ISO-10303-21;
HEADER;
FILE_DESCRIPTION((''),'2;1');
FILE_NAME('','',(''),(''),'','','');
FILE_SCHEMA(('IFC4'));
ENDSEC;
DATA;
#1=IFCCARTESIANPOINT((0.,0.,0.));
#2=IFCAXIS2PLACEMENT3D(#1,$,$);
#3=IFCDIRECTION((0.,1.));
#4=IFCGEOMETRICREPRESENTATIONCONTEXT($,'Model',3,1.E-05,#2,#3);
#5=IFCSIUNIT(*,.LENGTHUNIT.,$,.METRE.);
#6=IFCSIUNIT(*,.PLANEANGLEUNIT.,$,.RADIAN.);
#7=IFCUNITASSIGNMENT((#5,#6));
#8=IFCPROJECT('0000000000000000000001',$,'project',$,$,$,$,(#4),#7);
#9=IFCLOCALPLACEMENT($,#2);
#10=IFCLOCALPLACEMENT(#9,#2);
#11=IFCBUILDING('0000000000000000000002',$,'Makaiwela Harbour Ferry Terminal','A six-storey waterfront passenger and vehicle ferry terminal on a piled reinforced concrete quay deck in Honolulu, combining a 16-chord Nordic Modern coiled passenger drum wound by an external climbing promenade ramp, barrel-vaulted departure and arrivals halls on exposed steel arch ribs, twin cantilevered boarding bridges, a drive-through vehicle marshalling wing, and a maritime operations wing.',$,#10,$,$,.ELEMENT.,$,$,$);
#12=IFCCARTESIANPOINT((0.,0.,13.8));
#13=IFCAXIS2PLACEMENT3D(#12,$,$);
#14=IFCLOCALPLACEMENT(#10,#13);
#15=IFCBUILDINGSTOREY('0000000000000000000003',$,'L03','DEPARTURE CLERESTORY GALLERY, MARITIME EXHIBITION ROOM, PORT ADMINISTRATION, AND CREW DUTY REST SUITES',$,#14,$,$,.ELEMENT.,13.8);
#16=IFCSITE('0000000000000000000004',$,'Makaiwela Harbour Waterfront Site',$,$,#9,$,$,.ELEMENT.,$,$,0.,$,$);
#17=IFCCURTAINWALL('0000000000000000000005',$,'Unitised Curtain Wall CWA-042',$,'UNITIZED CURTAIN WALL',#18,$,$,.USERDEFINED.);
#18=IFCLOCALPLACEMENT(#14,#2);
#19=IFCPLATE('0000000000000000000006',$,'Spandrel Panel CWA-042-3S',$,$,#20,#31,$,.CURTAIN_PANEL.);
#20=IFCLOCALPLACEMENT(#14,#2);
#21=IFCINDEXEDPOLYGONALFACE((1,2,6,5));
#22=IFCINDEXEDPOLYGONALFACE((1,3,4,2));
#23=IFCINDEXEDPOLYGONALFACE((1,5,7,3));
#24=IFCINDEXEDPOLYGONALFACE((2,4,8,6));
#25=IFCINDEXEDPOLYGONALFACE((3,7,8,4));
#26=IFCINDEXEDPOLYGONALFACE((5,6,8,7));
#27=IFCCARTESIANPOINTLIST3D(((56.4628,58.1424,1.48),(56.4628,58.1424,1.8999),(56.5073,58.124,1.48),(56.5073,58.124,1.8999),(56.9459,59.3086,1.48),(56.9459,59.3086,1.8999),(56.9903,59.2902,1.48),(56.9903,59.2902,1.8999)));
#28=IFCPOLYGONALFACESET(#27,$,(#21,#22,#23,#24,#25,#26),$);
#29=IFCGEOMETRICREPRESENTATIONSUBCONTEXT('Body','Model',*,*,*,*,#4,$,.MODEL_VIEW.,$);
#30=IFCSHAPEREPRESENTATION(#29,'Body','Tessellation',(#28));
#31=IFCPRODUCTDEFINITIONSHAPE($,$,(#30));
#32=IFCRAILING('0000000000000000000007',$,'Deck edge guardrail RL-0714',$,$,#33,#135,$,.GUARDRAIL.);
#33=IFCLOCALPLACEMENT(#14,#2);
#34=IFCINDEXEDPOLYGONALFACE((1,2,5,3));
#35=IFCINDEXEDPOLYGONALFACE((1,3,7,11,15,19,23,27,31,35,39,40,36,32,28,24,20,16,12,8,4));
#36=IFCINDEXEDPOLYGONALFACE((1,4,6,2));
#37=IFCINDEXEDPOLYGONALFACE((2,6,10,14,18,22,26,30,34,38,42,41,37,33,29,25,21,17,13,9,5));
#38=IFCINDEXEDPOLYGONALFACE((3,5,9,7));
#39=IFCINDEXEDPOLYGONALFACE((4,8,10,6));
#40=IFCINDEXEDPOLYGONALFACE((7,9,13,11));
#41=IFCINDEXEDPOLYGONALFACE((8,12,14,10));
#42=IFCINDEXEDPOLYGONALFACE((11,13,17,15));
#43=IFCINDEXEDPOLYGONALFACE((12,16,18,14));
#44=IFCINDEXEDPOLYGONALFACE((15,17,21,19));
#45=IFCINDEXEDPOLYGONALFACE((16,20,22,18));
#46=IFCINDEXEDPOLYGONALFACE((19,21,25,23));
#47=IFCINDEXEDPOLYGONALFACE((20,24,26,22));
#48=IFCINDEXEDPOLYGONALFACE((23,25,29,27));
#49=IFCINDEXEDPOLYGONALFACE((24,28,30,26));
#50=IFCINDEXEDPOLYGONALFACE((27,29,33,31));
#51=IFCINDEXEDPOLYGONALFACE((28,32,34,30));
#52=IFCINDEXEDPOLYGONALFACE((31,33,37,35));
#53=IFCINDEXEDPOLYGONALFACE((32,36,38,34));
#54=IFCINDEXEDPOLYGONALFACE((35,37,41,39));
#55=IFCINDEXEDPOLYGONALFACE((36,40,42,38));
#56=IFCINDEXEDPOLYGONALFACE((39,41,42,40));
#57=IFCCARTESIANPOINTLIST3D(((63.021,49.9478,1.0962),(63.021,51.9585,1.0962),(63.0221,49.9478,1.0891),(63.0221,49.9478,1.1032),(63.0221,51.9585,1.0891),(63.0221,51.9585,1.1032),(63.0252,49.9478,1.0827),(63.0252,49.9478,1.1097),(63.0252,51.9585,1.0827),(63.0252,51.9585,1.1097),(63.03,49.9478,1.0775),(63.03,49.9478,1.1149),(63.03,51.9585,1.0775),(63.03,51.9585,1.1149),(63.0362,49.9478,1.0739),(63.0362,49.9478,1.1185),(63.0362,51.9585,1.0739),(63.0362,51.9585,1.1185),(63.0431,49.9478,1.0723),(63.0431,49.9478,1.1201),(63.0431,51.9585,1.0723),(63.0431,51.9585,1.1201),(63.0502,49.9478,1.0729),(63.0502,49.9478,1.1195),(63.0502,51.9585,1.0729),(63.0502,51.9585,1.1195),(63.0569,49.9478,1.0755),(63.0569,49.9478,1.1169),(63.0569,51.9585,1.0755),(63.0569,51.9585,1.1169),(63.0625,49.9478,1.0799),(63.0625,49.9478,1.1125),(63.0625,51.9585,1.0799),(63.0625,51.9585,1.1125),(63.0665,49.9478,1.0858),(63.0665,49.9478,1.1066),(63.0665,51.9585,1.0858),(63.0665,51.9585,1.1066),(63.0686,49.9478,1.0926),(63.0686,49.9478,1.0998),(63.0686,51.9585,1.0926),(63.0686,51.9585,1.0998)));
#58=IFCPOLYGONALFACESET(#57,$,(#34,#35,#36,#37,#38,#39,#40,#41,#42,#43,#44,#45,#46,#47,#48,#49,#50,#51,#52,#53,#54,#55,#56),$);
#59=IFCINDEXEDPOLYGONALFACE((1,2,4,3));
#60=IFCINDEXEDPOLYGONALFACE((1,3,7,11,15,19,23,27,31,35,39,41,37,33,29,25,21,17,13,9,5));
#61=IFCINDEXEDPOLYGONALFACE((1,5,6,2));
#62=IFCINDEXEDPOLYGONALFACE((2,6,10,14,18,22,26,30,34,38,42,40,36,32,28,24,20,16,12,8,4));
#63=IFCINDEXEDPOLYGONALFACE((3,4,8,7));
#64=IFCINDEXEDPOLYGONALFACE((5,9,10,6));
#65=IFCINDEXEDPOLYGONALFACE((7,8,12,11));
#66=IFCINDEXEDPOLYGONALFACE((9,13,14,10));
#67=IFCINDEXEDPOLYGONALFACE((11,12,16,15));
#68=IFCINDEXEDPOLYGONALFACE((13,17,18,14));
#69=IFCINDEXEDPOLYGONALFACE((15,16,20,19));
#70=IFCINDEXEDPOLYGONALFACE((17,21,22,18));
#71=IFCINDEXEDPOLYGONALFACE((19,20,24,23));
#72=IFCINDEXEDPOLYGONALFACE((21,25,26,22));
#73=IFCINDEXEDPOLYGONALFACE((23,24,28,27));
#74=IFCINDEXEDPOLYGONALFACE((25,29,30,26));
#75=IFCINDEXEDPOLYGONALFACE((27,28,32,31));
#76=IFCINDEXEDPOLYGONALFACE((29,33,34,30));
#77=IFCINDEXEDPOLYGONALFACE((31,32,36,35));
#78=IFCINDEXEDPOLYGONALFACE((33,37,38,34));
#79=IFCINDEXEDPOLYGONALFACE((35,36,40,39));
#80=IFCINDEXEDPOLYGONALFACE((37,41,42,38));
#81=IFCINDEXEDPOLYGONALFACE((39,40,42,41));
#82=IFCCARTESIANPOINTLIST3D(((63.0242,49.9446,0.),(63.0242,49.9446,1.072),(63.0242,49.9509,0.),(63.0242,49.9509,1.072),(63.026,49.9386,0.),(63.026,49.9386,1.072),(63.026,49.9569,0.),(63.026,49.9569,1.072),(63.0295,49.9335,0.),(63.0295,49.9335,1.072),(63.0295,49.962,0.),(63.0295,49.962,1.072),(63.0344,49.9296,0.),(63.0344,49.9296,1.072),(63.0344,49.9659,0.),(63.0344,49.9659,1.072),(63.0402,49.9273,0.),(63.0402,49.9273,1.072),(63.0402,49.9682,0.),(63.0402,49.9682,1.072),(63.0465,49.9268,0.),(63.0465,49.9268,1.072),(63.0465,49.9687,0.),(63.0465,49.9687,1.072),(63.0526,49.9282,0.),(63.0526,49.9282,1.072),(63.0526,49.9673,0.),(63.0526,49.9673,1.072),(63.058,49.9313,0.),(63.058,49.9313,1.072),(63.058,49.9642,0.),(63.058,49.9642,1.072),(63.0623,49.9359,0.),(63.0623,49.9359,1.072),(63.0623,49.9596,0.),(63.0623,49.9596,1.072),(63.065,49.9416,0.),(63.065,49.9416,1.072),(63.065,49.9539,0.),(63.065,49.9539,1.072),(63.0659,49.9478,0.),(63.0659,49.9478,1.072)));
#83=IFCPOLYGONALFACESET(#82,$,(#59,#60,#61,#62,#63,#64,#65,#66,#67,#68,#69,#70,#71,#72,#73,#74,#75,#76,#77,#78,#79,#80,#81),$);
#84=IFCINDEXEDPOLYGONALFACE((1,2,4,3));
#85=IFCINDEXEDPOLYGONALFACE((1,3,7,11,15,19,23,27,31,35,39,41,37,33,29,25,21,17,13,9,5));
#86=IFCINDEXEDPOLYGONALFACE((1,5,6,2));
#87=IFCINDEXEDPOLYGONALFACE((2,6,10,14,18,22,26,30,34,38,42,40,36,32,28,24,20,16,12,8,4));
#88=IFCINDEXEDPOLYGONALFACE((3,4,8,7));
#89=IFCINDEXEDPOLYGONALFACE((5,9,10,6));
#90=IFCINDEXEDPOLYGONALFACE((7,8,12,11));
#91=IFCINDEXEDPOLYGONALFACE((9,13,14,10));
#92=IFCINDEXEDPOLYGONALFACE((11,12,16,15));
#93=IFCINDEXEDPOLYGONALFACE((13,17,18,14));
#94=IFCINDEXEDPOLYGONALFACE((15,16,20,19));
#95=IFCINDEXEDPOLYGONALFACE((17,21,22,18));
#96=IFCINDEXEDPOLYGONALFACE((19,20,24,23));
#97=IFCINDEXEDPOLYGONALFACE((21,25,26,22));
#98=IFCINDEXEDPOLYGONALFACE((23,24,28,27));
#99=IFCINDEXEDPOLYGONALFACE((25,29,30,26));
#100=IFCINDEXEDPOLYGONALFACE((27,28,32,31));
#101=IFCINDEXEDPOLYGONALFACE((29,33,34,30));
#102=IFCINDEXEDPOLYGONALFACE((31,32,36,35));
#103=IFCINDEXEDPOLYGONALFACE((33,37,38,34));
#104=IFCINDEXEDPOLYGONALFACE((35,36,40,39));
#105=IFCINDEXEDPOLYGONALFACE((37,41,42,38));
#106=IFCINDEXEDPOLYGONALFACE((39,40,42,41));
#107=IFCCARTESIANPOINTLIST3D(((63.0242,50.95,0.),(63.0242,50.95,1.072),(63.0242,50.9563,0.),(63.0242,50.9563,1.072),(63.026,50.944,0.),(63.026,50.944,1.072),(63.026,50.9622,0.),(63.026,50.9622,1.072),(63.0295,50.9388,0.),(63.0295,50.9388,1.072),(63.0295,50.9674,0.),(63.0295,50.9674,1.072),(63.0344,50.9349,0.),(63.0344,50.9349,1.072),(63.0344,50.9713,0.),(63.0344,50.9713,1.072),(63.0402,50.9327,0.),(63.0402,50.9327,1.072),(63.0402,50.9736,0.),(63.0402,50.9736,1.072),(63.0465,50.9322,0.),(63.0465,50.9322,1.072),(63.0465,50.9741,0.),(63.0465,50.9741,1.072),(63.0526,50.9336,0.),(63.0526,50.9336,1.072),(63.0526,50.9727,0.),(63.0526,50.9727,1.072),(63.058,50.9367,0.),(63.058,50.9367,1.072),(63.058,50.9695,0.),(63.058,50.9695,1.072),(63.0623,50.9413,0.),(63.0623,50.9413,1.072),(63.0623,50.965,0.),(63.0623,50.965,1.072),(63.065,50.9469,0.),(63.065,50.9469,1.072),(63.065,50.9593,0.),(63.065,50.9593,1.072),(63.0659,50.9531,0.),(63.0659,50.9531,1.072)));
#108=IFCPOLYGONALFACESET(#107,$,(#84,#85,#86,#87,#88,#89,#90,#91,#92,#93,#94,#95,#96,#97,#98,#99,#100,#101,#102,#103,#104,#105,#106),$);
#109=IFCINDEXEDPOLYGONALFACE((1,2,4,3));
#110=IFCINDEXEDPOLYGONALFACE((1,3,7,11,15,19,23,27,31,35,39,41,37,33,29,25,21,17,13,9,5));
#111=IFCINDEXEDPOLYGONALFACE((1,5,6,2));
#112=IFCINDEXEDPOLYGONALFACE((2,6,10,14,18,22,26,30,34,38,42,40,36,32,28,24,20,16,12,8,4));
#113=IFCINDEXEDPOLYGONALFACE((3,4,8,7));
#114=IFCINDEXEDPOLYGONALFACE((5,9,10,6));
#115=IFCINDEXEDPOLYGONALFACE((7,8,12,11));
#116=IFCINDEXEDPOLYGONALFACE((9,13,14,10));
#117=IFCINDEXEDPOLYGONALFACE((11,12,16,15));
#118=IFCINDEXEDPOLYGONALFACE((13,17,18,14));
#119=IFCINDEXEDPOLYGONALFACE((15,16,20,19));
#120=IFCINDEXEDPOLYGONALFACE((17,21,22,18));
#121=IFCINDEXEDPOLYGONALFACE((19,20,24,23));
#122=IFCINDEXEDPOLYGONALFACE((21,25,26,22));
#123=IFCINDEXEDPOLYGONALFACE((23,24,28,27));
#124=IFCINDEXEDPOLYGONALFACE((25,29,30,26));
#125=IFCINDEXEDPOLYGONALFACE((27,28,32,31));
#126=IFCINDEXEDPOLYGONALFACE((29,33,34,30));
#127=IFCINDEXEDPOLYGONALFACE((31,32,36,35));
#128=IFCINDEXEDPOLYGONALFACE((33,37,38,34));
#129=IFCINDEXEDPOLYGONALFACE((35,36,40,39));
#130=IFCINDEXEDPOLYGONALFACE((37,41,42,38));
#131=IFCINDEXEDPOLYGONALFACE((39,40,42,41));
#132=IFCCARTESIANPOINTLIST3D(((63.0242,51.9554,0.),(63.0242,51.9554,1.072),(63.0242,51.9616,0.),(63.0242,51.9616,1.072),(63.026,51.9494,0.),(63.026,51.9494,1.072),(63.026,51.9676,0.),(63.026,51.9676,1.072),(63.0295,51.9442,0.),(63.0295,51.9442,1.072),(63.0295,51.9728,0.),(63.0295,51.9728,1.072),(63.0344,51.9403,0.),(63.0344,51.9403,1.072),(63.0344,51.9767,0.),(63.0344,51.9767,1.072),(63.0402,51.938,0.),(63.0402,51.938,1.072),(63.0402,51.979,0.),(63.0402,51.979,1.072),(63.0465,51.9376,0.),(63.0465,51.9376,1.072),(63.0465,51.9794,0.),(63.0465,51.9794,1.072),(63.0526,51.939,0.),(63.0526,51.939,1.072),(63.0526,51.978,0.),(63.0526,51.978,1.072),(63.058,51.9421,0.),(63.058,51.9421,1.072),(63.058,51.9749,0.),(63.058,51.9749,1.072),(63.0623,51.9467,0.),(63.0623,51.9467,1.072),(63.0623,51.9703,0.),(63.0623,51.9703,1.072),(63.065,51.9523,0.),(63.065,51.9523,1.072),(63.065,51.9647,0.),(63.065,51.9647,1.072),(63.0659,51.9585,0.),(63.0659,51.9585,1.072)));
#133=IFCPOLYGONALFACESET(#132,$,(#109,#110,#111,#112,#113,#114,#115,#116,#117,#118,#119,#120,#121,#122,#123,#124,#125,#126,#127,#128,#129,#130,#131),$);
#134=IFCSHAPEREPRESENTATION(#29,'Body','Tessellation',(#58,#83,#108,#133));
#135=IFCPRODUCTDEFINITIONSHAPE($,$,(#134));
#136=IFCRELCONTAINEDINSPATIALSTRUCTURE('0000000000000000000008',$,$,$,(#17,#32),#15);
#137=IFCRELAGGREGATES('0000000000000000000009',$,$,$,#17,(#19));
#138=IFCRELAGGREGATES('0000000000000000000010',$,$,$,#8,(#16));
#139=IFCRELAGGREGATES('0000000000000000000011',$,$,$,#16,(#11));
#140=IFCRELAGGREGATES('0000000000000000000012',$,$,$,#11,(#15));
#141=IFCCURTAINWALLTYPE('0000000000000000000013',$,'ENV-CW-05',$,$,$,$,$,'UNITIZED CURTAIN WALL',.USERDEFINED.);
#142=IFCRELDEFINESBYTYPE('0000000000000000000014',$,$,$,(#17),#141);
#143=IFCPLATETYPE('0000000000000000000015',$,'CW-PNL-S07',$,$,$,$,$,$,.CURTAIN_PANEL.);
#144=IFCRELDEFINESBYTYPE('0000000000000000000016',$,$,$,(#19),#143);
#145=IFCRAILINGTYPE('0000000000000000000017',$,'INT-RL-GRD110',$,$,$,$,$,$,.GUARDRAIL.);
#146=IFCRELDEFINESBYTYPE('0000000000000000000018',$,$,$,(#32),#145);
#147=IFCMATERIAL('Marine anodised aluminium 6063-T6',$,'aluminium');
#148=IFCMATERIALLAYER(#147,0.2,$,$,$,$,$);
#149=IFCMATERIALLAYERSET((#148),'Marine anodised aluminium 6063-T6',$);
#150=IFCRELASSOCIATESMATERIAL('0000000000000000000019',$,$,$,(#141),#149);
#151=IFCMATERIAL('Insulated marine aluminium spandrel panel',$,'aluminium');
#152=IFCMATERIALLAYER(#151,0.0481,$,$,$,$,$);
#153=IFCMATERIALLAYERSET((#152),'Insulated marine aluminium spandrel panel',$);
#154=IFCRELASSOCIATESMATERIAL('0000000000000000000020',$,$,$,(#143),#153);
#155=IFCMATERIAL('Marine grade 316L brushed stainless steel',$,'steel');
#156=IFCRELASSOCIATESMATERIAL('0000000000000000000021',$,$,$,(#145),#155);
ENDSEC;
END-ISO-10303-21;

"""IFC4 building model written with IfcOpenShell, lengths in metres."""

from ifc_helpers import new_model, si_unit, direction, frame, origin, origin_2d, place, context, subcontext, project, spatial, rectangle, circle, extrude, material, layer, layer_set, type_object, element, aggregate, save


model = new_model("IFC4")

# Units and contexts
model_context = context("Model", 3, precision=1e-05, world=origin(), true_north=direction((0.0, 1.0)))
body_context = subcontext(model_context, "Body", "Model", "MODEL_VIEW")
ifc_project = project(units=[si_unit("LENGTHUNIT", "METRE"), si_unit("PLANEANGLEUNIT", "RADIAN")], contexts=[model_context])

# Site, building, storey
site_placement = place(None, origin())
site = spatial("IfcSite", under=ifc_project, at=site_placement, Name="Makaiwela Harbour Waterfront Site", CompositionType="ELEMENT", RefElevation=0.0)
building_placement = place(site_placement, origin())
building = spatial("IfcBuilding", under=site, at=building_placement, Name="Makaiwela Harbour Ferry Terminal", Description="A six-storey waterfront passenger and vehicle ferry terminal on a piled reinforced concrete quay deck in Honolulu, combining a 16-chord Nordic Modern coiled passenger drum wound by an external climbing promenade ramp, barrel-vaulted departure and arrivals halls on exposed steel arch ribs, twin cantilevered boarding bridges, a drive-through vehicle marshalling wing, and a maritime operations wing.", CompositionType="ELEMENT")
storey_placement = place(building_placement, frame((0.0, 0.0, 13.8)))
storey = spatial("IfcBuildingStorey", under=building, at=storey_placement, Name="L03", Description="DEPARTURE CLERESTORY GALLERY, MARITIME EXHIBITION ROOM, PORT ADMINISTRATION, AND CREW DUTY REST SUITES", CompositionType="ELEMENT", Elevation=13.8)

# Curtain wall
ifc_material_1 = material(Name="Marine anodised aluminium 6063-T6", Category="aluminium")
ifc_layer_1 = layer(ifc_material_1, 0.2)
ifc_layer_set_1 = layer_set([ifc_layer_1], Name="Marine anodised aluminium 6063-T6")
curtain_wall_type = type_object("IfcCurtainWallType", Name="ENV-CW-05", ElementType="UNITIZED CURTAIN WALL", PredefinedType="USERDEFINED", material=ifc_layer_set_1)
curtain_wall_placement = place(storey_placement, origin())
curtain_wall = element("IfcCurtainWall", 1, at=curtain_wall_placement, inside=storey, type_object=curtain_wall_type, Name="Unitised Curtain Wall CWA-042", ObjectType="UNITIZED CURTAIN WALL", PredefinedType="USERDEFINED")

# Plate
ifc_material_2 = material(Name="Insulated marine aluminium spandrel panel", Category="aluminium")
ifc_layer_2 = layer(ifc_material_2, 0.0481)
ifc_layer_set_2 = layer_set([ifc_layer_2], Name="Insulated marine aluminium spandrel panel")
plate_type_1 = type_object("IfcPlateType", Name="CW-PNL-S07", PredefinedType="CURTAIN_PANEL", material=ifc_layer_set_2)
plate_1_placement = place(storey_placement, frame((56.7266, 58.7163, 1.48), z_axis=(0.0, 0.0, 1.0), x_axis=(0.382683, 0.92388, 0.0)))
plate_1 = element("IfcPlate", 2, at=plate_1_placement, type_object=plate_type_1, Name="Spandrel Panel CWA-042-3S", PredefinedType="CURTAIN_PANEL", context=body_context, shape_type="SweptSolid", body=[
    extrude(rectangle(XDim=1.2622, YDim=0.0481, at=origin_2d()), origin(), (0.0, 0.0, 1.0), 0.4199),
])
aggregate(curtain_wall, [plate_1])

# Railing
ifc_material_3 = material(Name="Marine grade 316L brushed stainless steel", Category="steel")
railing_type = type_object("IfcRailingType", Name="INT-RL-GRD110", PredefinedType="GUARDRAIL", material=ifc_material_3)
for number, where, name in (
    (3, (63.0449, 49.9478, 0.0), "Deck edge guardrail RL-0714"),
):
    element("IfcRailing", number, at=place(storey_placement, frame(where)), inside=storey, type_object=railing_type, Name=name, PredefinedType="GUARDRAIL", context=body_context, shape_type="SweptSolid", body=[
        extrude(circle(Radius=0.0239, at=origin_2d()), frame((0.0, 0.0, 1.0962), z_axis=(0.0, 1.0, 0.0), x_axis=(-1.0, 0.0, 0.0)), (0.0, 0.0, 1.0), 2.0107),
        extrude(circle(Radius=0.021, at=origin_2d()), origin(), (0.0, 0.0, 1.0), 1.072),
        extrude(circle(Radius=0.021, at=origin_2d()), frame((0.0, 1.0054, 0.0)), (0.0, 0.0, 1.0), 1.072),
        extrude(circle(Radius=0.021, at=origin_2d()), frame((0.0, 2.0107, 0.0)), (0.0, 0.0, 1.0), 1.072),
    ])

save(model, "model.ifc")
